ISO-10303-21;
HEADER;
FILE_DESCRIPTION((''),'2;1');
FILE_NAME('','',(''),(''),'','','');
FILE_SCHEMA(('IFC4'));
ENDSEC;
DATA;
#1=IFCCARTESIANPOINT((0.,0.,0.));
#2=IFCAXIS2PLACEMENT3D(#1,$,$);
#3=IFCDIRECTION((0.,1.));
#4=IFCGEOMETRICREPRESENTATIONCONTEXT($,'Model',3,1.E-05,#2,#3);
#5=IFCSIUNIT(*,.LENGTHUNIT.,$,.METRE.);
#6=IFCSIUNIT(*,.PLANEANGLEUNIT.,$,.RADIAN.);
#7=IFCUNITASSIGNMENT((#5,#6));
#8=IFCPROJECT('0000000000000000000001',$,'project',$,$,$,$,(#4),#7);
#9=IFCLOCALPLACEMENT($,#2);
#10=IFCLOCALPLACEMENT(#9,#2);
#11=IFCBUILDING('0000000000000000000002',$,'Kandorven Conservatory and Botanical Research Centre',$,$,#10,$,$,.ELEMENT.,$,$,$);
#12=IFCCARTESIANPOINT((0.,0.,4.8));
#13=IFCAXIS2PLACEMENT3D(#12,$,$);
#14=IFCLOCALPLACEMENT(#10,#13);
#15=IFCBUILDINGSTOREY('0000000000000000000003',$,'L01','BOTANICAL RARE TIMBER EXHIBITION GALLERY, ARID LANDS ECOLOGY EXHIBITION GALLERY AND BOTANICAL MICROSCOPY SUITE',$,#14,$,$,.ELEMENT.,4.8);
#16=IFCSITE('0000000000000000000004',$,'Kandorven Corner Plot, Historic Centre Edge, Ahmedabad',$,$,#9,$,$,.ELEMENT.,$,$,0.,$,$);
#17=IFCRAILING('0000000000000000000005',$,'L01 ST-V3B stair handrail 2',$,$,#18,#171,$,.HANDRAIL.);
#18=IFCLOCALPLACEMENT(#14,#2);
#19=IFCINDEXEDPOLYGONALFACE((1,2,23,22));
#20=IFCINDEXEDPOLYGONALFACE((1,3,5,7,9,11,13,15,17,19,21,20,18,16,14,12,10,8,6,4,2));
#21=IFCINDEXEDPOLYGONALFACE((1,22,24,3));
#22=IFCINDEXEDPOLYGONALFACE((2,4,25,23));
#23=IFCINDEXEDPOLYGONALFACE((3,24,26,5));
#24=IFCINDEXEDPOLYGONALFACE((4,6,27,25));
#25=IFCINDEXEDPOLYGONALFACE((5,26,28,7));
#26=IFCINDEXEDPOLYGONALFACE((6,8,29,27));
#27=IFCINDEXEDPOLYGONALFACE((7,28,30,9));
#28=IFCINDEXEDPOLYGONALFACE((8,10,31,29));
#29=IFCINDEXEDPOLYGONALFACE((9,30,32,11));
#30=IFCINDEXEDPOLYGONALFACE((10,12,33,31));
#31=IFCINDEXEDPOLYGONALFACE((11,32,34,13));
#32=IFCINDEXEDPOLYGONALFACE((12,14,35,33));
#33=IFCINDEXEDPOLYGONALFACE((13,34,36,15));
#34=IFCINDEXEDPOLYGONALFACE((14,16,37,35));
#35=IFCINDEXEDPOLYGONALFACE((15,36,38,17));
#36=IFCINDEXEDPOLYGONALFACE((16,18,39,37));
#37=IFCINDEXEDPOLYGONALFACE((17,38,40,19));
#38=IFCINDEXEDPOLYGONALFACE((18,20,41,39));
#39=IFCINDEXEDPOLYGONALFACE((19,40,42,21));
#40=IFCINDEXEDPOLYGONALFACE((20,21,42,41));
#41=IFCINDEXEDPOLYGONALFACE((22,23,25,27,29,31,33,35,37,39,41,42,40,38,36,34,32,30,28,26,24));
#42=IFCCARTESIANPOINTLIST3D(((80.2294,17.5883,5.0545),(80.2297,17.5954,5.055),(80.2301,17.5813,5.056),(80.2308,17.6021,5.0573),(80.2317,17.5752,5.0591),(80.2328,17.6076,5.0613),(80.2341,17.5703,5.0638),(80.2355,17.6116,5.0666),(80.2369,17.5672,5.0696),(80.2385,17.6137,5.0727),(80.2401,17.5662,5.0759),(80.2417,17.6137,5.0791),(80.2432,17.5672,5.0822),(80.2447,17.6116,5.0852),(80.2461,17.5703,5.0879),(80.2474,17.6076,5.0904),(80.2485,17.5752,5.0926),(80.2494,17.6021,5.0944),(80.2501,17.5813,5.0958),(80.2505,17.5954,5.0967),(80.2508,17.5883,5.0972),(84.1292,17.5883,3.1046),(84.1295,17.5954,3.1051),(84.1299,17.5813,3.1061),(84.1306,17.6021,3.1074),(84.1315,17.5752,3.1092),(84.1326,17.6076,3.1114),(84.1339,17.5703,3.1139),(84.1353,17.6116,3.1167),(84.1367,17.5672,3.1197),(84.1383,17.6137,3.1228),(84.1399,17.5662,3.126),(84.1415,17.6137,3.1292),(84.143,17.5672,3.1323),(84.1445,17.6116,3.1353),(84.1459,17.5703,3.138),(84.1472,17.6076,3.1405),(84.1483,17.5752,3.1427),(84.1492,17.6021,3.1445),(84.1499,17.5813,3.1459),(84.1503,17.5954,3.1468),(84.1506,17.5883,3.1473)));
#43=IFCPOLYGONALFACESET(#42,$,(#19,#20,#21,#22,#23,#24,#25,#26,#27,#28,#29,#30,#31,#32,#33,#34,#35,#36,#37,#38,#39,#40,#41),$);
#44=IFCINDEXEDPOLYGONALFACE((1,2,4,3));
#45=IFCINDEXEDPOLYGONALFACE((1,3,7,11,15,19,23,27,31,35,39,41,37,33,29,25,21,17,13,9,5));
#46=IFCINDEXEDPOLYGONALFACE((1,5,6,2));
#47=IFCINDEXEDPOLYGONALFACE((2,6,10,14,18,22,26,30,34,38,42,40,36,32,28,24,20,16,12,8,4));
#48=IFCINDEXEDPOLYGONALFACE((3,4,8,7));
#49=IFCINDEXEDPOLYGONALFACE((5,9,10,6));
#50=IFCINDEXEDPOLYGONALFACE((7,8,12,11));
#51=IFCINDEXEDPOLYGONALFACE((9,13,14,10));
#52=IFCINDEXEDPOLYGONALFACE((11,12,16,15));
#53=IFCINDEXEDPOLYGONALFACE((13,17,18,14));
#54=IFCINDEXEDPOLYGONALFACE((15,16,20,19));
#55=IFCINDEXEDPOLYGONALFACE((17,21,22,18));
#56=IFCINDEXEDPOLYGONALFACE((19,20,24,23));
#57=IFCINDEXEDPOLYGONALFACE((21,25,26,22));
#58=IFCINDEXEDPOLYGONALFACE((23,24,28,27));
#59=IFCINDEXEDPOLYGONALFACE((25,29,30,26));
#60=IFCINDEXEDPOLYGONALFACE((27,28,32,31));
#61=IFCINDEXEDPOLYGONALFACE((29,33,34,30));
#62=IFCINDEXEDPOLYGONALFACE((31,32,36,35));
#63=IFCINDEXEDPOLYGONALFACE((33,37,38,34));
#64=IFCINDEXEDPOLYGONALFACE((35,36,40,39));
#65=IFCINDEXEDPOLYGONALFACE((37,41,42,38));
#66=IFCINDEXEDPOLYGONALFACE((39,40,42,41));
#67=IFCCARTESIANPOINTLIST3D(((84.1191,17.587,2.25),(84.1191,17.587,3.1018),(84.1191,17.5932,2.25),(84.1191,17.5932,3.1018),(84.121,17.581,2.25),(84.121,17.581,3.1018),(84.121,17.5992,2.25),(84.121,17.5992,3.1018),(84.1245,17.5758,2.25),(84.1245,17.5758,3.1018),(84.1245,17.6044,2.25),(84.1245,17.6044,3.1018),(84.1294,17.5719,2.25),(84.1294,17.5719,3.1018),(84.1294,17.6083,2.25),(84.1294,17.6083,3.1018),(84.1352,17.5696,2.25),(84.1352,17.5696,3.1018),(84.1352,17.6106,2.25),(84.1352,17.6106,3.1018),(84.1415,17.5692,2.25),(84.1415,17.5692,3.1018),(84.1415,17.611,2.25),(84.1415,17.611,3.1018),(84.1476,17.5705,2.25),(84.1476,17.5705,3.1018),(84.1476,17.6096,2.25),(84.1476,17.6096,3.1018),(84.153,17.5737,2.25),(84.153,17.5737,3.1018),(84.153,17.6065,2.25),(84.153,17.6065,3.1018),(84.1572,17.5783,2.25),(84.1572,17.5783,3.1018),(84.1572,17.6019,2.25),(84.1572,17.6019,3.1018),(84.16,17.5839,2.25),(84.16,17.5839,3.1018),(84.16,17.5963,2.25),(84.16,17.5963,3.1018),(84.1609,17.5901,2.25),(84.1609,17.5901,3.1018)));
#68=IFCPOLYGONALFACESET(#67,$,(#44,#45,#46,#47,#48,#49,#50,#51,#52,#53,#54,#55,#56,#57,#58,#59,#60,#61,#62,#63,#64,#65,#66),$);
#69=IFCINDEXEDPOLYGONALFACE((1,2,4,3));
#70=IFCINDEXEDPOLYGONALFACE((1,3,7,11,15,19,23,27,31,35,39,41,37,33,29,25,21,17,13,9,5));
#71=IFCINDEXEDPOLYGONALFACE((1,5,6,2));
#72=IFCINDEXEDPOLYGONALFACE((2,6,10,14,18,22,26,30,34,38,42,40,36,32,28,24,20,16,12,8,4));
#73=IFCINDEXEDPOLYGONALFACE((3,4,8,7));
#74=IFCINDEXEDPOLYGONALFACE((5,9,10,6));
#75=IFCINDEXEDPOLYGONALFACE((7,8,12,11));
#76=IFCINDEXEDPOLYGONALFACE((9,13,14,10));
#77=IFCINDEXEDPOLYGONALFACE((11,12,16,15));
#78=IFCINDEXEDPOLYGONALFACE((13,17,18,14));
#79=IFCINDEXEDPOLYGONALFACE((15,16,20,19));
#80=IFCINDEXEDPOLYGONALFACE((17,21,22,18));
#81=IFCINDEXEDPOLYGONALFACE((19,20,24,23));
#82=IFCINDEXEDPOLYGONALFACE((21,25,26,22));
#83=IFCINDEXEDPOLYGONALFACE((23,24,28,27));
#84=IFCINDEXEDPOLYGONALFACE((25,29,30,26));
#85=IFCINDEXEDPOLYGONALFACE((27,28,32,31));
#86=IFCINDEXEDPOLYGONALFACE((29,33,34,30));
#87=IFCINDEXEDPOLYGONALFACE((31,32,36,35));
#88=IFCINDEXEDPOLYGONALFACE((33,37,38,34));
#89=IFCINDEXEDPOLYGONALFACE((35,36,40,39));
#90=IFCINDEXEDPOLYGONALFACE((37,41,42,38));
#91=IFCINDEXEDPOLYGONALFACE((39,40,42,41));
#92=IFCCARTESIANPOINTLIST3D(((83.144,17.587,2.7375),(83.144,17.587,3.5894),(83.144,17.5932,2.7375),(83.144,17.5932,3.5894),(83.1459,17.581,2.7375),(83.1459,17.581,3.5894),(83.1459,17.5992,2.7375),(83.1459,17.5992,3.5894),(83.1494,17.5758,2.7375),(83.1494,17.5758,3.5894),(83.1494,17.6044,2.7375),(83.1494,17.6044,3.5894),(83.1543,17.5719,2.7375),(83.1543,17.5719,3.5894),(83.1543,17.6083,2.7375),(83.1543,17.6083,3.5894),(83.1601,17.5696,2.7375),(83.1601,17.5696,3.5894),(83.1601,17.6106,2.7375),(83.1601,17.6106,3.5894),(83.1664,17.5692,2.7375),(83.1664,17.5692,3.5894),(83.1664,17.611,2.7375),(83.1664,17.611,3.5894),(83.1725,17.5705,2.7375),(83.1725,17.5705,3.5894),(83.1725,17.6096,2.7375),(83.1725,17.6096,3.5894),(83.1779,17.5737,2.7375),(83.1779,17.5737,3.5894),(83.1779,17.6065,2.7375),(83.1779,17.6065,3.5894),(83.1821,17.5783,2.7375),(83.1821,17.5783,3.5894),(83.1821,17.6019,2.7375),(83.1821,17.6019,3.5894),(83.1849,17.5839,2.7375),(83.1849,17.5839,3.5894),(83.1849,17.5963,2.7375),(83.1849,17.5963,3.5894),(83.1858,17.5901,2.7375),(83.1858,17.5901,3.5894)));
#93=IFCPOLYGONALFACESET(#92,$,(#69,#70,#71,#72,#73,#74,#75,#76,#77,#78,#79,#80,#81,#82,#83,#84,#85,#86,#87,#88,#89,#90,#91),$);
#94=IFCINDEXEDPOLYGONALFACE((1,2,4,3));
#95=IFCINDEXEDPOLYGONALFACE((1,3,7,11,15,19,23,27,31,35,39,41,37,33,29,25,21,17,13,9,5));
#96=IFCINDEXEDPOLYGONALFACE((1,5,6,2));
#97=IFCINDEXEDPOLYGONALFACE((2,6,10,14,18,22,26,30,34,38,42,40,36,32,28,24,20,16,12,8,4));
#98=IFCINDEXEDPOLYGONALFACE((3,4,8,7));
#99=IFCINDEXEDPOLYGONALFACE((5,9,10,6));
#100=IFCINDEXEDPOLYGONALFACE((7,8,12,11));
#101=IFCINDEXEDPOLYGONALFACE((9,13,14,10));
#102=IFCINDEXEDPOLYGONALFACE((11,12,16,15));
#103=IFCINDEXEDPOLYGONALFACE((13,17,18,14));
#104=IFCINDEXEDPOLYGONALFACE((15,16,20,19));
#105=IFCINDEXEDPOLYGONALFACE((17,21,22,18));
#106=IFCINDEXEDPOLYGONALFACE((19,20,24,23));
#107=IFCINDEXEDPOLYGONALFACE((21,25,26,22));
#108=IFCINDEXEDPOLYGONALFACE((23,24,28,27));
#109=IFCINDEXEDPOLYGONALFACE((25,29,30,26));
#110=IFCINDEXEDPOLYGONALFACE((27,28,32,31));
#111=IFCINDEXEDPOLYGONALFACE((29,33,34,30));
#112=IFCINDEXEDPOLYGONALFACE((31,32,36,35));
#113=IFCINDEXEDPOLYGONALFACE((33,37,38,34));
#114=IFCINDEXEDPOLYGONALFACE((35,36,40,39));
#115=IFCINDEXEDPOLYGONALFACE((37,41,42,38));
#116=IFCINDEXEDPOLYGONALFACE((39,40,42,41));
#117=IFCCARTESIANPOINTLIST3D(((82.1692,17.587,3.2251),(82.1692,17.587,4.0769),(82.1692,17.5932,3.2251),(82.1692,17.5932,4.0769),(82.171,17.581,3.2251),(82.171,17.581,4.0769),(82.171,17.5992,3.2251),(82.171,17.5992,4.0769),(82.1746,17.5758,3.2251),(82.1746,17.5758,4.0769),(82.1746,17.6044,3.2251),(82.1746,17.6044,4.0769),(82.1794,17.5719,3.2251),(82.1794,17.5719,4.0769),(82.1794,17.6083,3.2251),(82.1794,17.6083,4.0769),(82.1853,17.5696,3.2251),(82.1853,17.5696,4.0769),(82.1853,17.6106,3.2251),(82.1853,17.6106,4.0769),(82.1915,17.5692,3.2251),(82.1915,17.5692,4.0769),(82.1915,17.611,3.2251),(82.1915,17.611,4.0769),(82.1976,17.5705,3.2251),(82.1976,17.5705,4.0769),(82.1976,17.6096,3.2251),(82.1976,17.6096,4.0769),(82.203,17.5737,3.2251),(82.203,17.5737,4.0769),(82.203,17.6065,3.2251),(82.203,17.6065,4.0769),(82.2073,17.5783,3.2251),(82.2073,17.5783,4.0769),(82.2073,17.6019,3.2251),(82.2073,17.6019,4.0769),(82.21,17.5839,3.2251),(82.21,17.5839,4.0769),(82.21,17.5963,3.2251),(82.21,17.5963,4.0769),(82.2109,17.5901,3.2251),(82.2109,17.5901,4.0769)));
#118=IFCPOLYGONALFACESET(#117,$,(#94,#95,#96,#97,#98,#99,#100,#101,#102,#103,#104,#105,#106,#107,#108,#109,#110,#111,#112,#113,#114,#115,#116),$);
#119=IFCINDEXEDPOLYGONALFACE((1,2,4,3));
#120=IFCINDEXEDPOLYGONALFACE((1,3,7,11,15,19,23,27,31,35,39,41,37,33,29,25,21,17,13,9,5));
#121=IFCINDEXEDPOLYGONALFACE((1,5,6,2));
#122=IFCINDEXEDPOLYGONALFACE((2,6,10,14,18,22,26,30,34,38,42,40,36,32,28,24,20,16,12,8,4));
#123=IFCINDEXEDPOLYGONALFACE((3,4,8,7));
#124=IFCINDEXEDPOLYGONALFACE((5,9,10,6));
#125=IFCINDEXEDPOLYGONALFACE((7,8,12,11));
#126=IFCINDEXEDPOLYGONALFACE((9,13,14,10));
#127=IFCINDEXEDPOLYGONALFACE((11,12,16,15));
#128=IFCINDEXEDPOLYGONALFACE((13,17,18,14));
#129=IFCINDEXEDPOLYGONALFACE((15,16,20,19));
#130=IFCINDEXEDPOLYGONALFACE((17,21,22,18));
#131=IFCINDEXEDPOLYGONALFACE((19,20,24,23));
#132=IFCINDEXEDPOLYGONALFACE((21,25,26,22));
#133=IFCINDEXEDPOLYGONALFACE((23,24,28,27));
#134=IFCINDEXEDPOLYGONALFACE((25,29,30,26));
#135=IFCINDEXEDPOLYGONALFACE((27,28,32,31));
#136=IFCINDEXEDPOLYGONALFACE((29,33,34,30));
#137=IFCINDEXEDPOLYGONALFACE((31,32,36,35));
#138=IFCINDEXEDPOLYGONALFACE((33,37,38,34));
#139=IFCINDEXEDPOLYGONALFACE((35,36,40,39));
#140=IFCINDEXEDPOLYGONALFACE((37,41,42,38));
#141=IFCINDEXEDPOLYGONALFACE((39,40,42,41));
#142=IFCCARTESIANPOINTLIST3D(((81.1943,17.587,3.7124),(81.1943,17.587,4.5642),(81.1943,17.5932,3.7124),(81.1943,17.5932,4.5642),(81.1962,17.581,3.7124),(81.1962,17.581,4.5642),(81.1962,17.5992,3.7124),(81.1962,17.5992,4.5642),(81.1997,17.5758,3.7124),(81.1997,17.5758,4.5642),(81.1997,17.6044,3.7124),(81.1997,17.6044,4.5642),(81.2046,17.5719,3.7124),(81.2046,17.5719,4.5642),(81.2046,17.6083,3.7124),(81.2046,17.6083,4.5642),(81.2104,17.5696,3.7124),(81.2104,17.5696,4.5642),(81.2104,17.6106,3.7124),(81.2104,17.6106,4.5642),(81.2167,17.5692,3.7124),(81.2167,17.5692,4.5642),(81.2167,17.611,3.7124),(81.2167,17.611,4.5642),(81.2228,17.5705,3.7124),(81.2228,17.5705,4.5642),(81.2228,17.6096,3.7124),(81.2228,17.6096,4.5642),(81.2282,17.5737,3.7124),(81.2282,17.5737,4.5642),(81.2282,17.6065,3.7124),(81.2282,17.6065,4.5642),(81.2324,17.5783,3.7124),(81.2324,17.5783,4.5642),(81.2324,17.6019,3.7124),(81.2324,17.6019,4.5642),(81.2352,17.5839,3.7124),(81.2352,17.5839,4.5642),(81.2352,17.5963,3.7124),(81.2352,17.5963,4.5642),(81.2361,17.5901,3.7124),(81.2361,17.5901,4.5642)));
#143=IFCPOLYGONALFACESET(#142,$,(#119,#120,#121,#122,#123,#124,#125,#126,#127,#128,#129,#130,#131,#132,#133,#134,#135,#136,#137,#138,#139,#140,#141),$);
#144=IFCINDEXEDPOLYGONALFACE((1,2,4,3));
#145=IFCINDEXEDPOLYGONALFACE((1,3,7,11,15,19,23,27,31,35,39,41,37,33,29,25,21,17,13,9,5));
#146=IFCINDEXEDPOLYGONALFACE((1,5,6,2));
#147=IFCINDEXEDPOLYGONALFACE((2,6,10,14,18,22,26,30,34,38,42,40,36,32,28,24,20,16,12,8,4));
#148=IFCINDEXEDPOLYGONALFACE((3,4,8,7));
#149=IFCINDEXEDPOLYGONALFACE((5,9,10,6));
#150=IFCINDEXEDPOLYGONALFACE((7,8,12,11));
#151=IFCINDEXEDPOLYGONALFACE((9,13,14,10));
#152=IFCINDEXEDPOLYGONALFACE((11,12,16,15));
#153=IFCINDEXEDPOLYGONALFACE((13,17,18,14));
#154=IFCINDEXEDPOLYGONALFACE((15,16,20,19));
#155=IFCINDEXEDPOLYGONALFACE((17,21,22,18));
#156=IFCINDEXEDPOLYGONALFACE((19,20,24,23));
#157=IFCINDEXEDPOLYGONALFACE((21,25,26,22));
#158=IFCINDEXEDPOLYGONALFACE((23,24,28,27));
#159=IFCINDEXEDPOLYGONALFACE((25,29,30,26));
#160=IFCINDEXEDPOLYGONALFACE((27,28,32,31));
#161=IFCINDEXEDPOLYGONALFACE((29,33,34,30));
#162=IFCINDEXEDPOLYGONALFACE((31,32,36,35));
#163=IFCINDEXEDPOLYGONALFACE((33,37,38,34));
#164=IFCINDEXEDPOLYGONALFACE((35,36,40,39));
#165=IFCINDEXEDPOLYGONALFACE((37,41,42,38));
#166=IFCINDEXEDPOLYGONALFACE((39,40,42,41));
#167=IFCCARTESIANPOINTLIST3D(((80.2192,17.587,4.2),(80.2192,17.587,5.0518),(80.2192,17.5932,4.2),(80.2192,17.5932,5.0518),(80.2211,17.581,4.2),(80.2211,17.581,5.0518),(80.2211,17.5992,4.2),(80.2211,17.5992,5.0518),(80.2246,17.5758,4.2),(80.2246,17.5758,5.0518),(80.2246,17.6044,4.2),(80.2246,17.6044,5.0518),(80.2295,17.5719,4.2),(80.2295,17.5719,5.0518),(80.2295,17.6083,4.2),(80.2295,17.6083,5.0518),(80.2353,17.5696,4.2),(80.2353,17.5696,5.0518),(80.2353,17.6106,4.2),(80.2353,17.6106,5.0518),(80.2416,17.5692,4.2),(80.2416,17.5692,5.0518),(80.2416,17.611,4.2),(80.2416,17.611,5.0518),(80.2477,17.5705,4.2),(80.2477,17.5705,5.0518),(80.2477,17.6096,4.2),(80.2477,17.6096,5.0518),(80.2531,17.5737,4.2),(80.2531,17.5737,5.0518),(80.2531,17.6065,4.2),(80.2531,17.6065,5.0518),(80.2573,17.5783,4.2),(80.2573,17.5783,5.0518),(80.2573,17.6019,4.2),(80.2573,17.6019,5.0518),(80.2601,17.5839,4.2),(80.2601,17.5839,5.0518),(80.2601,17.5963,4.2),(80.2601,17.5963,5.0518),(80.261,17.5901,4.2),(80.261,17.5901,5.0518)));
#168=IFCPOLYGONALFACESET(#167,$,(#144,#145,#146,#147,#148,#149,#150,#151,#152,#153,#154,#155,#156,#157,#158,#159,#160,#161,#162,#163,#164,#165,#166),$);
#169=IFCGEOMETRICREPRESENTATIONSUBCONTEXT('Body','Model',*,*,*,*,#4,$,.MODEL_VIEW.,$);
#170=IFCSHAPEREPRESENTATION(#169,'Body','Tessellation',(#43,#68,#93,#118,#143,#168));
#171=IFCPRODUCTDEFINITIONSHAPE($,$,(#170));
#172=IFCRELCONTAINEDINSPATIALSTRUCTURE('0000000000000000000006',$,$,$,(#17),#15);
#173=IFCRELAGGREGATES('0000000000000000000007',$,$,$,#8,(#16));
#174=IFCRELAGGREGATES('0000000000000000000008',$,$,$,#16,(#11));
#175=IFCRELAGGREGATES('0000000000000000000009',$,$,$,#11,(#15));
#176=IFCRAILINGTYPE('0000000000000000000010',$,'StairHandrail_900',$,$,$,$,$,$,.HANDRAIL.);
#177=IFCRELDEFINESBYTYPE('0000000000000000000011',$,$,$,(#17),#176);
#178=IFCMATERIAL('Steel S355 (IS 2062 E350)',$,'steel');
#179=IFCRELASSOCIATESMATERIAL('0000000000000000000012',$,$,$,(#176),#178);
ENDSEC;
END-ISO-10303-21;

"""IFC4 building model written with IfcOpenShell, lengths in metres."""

from ifc_helpers import new_model, si_unit, direction, frame, origin, origin_2d, place, context, subcontext, project, spatial, circle, extrude, material, type_object, element, save


model = new_model("IFC4")

# Units and contexts
model_context = context("Model", 3, precision=1e-05, world=origin(), true_north=direction((0.0, 1.0)))
body_context = subcontext(model_context, "Body", "Model", "MODEL_VIEW")
ifc_project = project(units=[si_unit("LENGTHUNIT", "METRE"), si_unit("PLANEANGLEUNIT", "RADIAN")], contexts=[model_context])

# Site, building, storey
site_placement = place(None, origin())
site = spatial("IfcSite", under=ifc_project, at=site_placement, Name="Kandorven Corner Plot, Historic Centre Edge, Ahmedabad", CompositionType="ELEMENT", RefElevation=0.0)
building_placement = place(site_placement, origin())
building = spatial("IfcBuilding", under=site, at=building_placement, Name="Kandorven Conservatory and Botanical Research Centre", CompositionType="ELEMENT")
storey_placement = place(building_placement, frame((0.0, 0.0, 4.8)))
storey = spatial("IfcBuildingStorey", under=building, at=storey_placement, Name="L01", Description="BOTANICAL RARE TIMBER EXHIBITION GALLERY, ARID LANDS ECOLOGY EXHIBITION GALLERY AND BOTANICAL MICROSCOPY SUITE", CompositionType="ELEMENT", Elevation=4.8)

# Railing
ifc_material_1 = material(Name="Steel S355 (IS 2062 E350)", Category="steel")
railing_type_1 = type_object("IfcRailingType", Name="StairHandrail_900", PredefinedType="HANDRAIL", material=ifc_material_1)
railing_1_placement = place(storey_placement, frame((84.1399, 17.5901, 2.25)))
element("IfcRailing", 1, at=railing_1_placement, inside=storey, type_object=railing_type_1, Name="L01 ST-V3B stair handrail 2", PredefinedType="HANDRAIL", context=body_context, shape_type="SweptSolid", body=[
    extrude(circle(Radius=0.0239, at=origin_2d()), frame((0.0, 0.0, 0.876), z_axis=(-0.894427, 0.0, 0.447214), x_axis=(0.0, -1.0, 0.0)), (0.0, 0.0, 1.0), 4.3601),
    extrude(circle(Radius=0.021, at=origin_2d()), origin(), (0.0, 0.0, 1.0), 0.8518),
    extrude(circle(Radius=0.021, at=origin_2d()), frame((-0.9751, 0.0, 0.4875)), (0.0, 0.0, 1.0), 0.8518),
    extrude(circle(Radius=0.021, at=origin_2d()), frame((-1.95, 0.0, 0.9751)), (0.0, 0.0, 1.0), 0.8518),
    extrude(circle(Radius=0.021, at=origin_2d()), frame((-2.9248, 0.0, 1.4624)), (0.0, 0.0, 1.0), 0.8518),
    extrude(circle(Radius=0.021, at=origin_2d()), frame((-3.8999, 0.0, 1.95)), (0.0, 0.0, 1.0), 0.8518),
])

save(model, "model.ifc")
